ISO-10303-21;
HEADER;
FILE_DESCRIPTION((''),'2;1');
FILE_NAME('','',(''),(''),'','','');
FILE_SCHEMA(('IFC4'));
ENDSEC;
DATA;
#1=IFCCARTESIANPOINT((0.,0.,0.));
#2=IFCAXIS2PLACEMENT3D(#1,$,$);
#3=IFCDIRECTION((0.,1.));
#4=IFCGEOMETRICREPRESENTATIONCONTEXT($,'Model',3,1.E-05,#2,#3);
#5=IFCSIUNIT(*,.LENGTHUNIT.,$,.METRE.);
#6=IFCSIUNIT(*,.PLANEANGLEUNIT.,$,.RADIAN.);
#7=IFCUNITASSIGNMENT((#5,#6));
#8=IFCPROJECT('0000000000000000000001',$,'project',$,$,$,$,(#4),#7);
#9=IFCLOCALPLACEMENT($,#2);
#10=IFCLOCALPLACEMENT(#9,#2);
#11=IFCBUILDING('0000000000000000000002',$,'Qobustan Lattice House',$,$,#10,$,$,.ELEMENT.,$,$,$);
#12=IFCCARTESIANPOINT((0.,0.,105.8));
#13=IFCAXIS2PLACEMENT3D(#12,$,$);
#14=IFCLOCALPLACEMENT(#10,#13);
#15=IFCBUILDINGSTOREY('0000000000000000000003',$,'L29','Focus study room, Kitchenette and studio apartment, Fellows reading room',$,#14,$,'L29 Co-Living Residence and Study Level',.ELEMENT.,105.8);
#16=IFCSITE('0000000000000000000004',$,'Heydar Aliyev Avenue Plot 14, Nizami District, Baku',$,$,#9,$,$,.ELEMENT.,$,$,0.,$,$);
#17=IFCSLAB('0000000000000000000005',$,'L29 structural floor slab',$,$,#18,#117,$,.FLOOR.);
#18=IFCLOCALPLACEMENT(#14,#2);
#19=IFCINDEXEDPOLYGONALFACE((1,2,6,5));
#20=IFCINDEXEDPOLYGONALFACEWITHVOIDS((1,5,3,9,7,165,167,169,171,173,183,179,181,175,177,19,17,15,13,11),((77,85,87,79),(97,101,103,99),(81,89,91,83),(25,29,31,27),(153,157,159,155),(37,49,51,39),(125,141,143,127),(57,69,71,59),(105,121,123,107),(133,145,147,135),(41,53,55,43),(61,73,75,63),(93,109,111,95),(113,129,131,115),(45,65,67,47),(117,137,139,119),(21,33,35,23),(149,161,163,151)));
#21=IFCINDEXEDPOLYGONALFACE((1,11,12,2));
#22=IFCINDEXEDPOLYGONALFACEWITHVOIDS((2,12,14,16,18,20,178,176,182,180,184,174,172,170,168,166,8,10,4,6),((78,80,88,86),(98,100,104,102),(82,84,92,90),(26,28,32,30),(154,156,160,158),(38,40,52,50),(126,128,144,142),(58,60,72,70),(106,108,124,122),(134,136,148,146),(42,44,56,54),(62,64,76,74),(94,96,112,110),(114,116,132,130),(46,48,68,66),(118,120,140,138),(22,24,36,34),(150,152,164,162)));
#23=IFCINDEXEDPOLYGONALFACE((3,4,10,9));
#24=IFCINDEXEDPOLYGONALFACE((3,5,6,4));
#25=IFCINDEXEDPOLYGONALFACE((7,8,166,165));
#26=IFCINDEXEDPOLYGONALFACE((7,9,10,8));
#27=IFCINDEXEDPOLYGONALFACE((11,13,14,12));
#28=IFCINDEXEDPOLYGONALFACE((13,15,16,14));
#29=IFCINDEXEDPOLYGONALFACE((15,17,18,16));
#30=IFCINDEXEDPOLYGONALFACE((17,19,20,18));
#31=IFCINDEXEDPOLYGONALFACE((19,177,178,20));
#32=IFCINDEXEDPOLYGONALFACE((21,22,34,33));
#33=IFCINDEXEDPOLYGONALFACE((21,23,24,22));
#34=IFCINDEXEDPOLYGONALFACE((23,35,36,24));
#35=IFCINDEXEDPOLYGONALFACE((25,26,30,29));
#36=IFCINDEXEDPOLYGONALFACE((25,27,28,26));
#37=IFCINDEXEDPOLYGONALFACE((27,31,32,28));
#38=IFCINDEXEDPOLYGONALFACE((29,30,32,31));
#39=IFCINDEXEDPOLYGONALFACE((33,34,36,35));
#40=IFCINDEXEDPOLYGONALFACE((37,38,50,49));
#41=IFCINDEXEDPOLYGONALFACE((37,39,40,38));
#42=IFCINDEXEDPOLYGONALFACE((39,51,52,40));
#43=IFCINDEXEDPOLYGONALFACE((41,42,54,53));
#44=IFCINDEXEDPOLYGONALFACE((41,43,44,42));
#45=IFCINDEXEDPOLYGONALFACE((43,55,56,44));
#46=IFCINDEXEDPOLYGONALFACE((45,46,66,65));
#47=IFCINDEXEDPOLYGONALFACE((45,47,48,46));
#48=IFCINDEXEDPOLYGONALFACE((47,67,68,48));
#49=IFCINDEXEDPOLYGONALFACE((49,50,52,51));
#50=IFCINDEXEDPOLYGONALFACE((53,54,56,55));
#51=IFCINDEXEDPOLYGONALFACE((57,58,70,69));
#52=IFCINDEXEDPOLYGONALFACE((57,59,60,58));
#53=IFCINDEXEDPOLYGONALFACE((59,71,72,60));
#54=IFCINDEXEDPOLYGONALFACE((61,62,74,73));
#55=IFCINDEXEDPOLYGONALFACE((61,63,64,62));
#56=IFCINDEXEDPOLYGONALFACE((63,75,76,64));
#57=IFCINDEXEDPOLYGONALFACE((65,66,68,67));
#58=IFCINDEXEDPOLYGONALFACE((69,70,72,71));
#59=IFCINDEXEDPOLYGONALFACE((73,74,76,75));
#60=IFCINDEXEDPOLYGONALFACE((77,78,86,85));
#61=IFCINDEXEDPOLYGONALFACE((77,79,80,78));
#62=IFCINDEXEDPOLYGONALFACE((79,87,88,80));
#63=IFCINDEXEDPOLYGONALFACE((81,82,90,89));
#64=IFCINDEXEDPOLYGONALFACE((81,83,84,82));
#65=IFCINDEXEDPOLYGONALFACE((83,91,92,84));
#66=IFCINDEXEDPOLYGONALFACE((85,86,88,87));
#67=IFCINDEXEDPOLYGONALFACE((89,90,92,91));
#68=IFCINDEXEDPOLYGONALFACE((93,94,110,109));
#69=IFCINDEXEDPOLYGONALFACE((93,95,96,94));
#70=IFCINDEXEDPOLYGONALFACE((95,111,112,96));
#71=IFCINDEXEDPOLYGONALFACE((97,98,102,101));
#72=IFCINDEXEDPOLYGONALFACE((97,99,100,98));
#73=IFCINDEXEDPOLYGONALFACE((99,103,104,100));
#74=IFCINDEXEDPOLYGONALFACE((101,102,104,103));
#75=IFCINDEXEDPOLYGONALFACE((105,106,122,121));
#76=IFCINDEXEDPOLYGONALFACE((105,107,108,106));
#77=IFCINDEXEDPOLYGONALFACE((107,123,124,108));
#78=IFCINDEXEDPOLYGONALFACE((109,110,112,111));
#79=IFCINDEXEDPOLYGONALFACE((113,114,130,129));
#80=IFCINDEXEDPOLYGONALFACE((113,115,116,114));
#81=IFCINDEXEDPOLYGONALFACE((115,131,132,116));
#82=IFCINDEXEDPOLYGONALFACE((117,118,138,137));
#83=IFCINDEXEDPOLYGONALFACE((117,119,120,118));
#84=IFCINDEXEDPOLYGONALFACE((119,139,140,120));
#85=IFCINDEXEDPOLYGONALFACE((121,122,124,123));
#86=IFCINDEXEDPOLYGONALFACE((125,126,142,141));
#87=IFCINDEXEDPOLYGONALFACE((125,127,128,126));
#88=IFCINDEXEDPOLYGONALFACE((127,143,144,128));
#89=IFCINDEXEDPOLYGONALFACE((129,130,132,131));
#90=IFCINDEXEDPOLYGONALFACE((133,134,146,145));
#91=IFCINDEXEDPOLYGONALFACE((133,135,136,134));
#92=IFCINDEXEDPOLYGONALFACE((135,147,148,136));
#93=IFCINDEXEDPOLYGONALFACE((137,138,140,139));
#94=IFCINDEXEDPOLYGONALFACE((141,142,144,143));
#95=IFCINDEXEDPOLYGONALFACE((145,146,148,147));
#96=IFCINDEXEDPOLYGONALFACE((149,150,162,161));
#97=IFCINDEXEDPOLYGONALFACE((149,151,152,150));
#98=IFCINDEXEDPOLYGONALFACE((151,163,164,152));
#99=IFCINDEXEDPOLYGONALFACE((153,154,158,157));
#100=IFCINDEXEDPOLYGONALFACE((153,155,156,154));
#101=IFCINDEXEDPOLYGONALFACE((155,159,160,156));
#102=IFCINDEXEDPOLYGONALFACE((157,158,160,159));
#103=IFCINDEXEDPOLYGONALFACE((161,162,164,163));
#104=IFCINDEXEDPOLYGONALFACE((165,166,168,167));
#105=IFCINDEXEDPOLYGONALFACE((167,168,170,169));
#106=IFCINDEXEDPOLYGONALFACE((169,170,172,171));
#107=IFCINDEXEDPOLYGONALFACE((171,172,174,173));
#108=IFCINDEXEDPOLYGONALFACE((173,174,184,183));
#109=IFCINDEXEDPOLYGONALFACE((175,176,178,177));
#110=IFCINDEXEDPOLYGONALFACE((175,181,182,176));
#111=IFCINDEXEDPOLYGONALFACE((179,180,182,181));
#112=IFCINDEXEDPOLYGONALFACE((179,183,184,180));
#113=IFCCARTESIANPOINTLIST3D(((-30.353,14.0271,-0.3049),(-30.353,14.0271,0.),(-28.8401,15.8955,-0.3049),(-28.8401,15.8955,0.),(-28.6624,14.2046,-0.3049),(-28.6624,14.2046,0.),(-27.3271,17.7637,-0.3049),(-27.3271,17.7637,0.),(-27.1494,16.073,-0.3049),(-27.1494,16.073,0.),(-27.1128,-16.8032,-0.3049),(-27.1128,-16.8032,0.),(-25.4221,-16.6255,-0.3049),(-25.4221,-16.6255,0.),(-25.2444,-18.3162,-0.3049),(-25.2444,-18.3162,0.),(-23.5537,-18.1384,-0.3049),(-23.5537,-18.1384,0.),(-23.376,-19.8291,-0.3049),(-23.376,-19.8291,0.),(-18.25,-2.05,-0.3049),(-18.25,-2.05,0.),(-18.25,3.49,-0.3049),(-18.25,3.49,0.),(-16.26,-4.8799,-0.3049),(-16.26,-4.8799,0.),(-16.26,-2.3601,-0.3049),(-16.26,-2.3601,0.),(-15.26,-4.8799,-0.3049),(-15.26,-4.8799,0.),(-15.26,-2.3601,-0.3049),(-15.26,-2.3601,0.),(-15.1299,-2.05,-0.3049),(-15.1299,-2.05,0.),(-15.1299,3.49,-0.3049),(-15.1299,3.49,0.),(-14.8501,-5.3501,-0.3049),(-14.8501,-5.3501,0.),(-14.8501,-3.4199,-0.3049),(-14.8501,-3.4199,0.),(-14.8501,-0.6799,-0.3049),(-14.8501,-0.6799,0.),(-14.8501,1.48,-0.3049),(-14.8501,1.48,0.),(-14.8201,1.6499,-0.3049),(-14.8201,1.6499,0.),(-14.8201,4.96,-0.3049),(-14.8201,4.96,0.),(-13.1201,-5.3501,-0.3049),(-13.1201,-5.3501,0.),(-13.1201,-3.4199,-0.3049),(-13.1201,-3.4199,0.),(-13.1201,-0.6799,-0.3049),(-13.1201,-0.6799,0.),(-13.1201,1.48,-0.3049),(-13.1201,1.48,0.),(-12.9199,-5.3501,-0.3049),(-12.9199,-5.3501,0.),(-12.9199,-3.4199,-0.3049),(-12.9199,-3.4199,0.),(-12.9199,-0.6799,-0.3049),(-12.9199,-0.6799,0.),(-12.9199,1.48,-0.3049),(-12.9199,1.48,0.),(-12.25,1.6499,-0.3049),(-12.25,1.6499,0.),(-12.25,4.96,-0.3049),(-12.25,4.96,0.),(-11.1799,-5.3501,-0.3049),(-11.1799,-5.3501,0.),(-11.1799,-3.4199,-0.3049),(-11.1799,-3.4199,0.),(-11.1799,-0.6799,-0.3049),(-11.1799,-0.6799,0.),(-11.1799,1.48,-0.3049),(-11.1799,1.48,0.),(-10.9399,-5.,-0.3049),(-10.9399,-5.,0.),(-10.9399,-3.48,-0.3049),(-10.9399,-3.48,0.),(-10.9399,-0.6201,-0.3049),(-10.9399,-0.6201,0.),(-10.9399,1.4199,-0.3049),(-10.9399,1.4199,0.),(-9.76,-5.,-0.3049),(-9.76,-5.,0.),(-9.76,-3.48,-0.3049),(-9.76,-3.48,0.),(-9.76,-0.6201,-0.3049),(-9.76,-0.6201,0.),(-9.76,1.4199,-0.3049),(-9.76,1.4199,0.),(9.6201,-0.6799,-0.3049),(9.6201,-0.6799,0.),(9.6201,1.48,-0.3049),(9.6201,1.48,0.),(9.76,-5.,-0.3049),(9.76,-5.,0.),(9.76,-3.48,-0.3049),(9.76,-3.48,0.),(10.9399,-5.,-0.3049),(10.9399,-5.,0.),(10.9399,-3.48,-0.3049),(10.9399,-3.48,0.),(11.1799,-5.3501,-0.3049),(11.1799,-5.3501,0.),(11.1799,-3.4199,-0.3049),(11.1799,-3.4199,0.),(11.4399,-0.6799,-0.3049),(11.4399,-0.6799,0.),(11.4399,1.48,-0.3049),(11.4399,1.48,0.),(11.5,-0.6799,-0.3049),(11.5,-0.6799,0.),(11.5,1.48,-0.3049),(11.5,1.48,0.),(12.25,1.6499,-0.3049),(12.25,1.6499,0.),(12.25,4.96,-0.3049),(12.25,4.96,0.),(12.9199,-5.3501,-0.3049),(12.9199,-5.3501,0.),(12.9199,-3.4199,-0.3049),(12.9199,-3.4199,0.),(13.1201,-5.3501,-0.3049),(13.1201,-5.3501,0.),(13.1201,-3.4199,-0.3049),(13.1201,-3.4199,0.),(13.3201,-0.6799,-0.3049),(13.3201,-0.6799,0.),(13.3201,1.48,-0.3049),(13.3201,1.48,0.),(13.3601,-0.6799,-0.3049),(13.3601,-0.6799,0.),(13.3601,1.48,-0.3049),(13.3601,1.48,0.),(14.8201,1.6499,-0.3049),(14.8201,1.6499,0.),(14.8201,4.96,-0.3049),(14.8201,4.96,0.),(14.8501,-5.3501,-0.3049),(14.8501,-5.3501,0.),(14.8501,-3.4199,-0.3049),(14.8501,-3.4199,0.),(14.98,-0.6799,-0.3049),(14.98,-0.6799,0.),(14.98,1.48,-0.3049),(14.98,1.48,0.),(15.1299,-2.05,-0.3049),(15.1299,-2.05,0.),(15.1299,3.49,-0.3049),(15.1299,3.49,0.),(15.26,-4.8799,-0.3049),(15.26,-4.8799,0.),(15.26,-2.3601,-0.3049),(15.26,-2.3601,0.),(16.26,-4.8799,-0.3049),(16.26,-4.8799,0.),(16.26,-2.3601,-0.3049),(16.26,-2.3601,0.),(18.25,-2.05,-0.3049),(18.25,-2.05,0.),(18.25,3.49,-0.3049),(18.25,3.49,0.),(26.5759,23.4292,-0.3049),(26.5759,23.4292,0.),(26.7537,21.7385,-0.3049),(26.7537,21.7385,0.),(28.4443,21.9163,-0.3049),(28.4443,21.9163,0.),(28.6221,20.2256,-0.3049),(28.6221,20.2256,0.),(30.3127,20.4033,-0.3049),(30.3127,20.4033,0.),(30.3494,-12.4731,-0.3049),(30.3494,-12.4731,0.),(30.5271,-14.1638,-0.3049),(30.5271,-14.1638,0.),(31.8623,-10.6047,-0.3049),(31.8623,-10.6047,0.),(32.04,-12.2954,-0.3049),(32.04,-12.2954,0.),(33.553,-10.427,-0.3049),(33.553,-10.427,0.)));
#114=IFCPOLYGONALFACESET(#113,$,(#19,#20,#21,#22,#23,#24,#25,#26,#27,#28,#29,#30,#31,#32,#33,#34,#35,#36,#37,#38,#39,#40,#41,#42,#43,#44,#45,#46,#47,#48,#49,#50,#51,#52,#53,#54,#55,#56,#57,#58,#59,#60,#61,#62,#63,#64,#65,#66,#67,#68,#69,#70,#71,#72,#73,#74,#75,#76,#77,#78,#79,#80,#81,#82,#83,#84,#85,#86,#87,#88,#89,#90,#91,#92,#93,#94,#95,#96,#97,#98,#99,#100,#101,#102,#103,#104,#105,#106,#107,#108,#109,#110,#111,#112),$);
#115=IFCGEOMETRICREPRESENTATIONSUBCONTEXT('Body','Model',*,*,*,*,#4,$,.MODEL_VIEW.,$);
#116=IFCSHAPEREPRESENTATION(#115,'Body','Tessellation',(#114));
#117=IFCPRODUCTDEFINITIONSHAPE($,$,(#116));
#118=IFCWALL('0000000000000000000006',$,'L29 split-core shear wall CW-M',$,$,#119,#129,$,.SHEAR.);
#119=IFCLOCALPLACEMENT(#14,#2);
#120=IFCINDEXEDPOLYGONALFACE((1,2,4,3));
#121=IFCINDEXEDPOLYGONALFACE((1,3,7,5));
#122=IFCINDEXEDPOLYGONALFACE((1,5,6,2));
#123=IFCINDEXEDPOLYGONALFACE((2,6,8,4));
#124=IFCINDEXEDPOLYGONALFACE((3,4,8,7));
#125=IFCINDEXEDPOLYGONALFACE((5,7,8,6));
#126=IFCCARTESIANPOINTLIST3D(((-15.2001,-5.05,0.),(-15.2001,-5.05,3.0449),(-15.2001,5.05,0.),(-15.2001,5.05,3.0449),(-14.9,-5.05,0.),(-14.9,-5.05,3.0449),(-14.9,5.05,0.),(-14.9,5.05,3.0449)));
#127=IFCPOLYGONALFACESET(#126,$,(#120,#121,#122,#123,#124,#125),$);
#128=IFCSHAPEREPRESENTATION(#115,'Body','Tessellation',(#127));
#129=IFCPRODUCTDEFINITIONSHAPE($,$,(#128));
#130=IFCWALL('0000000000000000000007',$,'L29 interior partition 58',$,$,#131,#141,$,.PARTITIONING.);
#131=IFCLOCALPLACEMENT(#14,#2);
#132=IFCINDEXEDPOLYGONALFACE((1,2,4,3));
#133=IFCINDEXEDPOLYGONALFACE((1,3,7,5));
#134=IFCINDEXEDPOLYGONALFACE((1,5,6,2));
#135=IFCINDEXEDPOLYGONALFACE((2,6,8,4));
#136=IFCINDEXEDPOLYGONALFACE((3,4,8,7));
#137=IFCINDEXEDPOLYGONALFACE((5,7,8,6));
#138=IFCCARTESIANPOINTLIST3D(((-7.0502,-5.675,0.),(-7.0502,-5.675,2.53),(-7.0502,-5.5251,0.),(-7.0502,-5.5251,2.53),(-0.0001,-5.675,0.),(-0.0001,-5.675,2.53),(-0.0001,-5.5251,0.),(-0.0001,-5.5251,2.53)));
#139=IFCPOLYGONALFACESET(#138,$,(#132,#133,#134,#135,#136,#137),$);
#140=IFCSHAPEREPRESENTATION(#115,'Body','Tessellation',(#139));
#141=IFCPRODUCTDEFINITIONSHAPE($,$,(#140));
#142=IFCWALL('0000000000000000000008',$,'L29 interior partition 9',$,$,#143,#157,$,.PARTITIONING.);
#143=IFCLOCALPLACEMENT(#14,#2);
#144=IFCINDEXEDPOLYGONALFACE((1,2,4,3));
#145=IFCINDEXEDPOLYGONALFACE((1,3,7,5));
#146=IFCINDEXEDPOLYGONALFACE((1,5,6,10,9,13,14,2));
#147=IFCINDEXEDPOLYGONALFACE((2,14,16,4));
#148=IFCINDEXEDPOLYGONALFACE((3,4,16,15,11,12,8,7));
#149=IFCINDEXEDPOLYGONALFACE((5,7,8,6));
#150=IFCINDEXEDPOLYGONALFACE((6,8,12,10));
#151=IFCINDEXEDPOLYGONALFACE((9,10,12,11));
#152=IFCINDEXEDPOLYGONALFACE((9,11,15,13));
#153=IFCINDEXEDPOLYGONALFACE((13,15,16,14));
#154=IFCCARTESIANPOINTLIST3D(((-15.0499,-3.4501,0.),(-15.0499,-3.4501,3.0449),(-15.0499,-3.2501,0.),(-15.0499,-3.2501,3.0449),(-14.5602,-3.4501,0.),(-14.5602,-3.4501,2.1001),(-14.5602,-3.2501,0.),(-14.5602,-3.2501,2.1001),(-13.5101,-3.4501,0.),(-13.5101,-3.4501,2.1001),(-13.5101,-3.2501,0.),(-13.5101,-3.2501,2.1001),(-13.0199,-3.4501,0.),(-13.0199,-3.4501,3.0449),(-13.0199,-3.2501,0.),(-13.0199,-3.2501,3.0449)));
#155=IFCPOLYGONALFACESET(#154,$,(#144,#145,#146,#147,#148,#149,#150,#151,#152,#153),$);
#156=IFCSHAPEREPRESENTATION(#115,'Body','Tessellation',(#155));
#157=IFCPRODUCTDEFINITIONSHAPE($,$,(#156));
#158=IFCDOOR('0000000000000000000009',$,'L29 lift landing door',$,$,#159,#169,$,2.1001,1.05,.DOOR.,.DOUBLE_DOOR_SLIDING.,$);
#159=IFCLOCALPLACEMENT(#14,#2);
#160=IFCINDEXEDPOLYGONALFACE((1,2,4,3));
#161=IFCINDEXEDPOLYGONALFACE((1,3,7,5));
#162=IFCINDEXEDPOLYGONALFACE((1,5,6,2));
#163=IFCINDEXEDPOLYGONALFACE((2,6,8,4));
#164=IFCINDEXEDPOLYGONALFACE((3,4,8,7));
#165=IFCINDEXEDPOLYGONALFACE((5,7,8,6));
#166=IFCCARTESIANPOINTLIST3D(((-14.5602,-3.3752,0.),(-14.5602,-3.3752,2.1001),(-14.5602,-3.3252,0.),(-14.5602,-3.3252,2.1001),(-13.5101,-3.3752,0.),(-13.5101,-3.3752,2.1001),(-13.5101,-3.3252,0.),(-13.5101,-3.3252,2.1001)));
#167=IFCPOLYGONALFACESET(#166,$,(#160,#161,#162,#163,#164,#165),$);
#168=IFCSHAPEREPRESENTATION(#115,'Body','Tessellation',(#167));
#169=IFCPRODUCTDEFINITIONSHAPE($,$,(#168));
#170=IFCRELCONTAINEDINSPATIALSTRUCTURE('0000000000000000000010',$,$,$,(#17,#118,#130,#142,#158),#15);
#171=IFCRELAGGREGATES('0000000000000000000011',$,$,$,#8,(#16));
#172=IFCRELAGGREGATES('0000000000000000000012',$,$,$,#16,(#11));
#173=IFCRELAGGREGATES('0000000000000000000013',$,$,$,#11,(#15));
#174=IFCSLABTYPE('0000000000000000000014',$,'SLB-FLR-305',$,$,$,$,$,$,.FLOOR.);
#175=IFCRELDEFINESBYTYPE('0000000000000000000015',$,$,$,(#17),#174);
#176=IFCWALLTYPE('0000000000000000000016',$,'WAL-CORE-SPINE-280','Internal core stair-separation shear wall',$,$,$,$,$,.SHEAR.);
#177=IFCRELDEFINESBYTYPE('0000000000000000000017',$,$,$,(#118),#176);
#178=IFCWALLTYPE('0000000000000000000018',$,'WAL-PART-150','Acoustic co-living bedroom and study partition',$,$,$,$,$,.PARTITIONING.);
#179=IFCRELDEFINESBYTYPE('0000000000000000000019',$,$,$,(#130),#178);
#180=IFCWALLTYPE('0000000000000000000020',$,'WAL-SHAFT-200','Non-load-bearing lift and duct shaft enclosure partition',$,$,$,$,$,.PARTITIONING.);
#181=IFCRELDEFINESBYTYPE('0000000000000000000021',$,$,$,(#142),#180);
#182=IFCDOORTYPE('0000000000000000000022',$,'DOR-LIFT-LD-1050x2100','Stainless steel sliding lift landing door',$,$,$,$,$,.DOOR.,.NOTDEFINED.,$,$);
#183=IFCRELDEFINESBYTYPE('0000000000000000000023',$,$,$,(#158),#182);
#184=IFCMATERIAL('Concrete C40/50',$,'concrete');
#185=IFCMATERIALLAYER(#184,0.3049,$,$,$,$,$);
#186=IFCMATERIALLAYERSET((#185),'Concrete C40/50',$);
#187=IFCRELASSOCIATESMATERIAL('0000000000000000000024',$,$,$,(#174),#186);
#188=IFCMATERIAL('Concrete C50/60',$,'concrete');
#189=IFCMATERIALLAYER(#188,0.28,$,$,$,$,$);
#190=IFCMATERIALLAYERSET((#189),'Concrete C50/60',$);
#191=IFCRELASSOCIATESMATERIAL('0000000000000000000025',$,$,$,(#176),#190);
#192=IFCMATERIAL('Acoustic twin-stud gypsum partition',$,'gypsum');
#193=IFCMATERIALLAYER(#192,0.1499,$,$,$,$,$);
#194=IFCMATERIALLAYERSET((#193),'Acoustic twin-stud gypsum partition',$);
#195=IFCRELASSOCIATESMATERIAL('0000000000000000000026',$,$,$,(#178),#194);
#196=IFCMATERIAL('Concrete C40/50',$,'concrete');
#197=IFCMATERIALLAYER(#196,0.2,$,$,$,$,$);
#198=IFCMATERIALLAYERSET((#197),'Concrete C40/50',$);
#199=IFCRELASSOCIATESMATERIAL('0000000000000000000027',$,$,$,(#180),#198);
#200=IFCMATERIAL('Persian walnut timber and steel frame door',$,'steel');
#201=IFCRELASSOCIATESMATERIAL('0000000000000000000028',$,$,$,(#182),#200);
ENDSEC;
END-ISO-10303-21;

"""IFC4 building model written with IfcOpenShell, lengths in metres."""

from ifc_helpers import new_model, si_unit, direction, frame, frame_2d, origin, place, context, subcontext, project, spatial, polyline, rectangle, outline, extrude, material, layer, layer_set, type_object, element, fill, save


model = new_model("IFC4")

# Units and contexts
model_context = context("Model", 3, precision=1e-05, world=origin(), true_north=direction((0.0, 1.0)))
body_context = subcontext(model_context, "Body", "Model", "MODEL_VIEW")
ifc_project = project(units=[si_unit("LENGTHUNIT", "METRE"), si_unit("PLANEANGLEUNIT", "RADIAN")], contexts=[model_context])

# Site, building, storey
site_placement = place(None, origin())
site = spatial("IfcSite", under=ifc_project, at=site_placement, Name="Heydar Aliyev Avenue Plot 14, Nizami District, Baku", CompositionType="ELEMENT", RefElevation=0.0)
building_placement = place(site_placement, origin())
building = spatial("IfcBuilding", under=site, at=building_placement, Name="Qobustan Lattice House", CompositionType="ELEMENT")
storey_placement = place(building_placement, frame((0.0, 0.0, 105.8)))
storey = spatial("IfcBuildingStorey", under=building, at=storey_placement, Name="L29", Description="Focus study room, Kitchenette and studio apartment, Fellows reading room", LongName="L29 Co-Living Residence and Study Level", CompositionType="ELEMENT", Elevation=105.8)

# Slab
ifc_material_1 = material(Name="Concrete C40/50", Category="concrete")
ifc_layer_1 = layer(ifc_material_1, 0.3049)
ifc_layer_set_1 = layer_set([ifc_layer_1], Name="Concrete C40/50")
slab_type = type_object("IfcSlabType", Name="SLB-FLR-305", PredefinedType="FLOOR", material=ifc_layer_set_1)
slab_placement = place(storey_placement, frame((0.0, 0.0, -0.3049)))
element("IfcSlab", 1, at=slab_placement, inside=storey, type_object=slab_type, Name="L29 structural floor slab", PredefinedType="FLOOR", context=body_context, shape_type="SweptSolid", body=[
    extrude(outline(polyline([(-23.376, -19.8291), (30.5271, -14.1638), (30.3494, -12.4731), (32.04, -12.2954), (31.8623, -10.6047), (33.553, -10.427), (30.3127, 20.4033), (28.6221, 20.2256), (28.4443, 21.9163), (26.7537, 21.7385), (26.5759, 23.4292), (-27.3271, 17.7637), (-27.1494, 16.073), (-28.8401, 15.8955), (-28.6624, 14.2046), (-30.353, 14.0271), (-27.1128, -16.8032), (-25.4221, -16.6255), (-25.2444, -18.3162), (-23.5537, -18.1384), (-23.376, -19.8291)]), holes=[polyline([(-18.25, -2.05), (-18.25, 3.49), (-15.1299, 3.49), (-15.1299, -2.05), (-18.25, -2.05)]), polyline([(15.1299, -2.05), (15.1299, 3.49), (18.25, 3.49), (18.25, -2.05), (15.1299, -2.05)]), polyline([(-14.8201, 1.6499), (-14.8201, 4.96), (-12.25, 4.96), (-12.25, 1.6499), (-14.8201, 1.6499)]), polyline([(12.25, 1.6499), (12.25, 4.96), (14.8201, 4.96), (14.8201, 1.6499), (12.25, 1.6499)]), polyline([(-16.26, -4.8799), (-16.26, -2.3601), (-15.26, -2.3601), (-15.26, -4.8799), (-16.26, -4.8799)]), polyline([(15.26, -4.8799), (15.26, -2.3601), (16.26, -2.3601), (16.26, -4.8799), (15.26, -4.8799)]), polyline([(-14.8501, -5.3501), (-14.8501, -3.4199), (-13.1201, -3.4199), (-13.1201, -5.3501), (-14.8501, -5.3501)]), polyline([(-12.9199, -5.3501), (-12.9199, -3.4199), (-11.1799, -3.4199), (-11.1799, -5.3501), (-12.9199, -5.3501)]), polyline([(-14.8501, -0.6799), (-14.8501, 1.48), (-13.1201, 1.48), (-13.1201, -0.6799), (-14.8501, -0.6799)]), polyline([(-12.9199, -0.6799), (-12.9199, 1.48), (-11.1799, 1.48), (-11.1799, -0.6799), (-12.9199, -0.6799)]), polyline([(-10.9399, -5.0), (-10.9399, -3.48), (-9.76, -3.48), (-9.76, -5.0), (-10.9399, -5.0)]), polyline([(-10.9399, -0.6201), (-10.9399, 1.4199), (-9.76, 1.4199), (-9.76, -0.6201), (-10.9399, -0.6201)]), polyline([(11.1799, -5.3501), (11.1799, -3.4199), (12.9199, -3.4199), (12.9199, -5.3501), (11.1799, -5.3501)]), polyline([(13.1201, -5.3501), (13.1201, -3.4199), (14.8501, -3.4199), (14.8501, -5.3501), (13.1201, -5.3501)]), polyline([(9.76, -5.0), (9.76, -3.48), (10.9399, -3.48), (10.9399, -5.0), (9.76, -5.0)]), polyline([(13.3601, -0.6799), (13.3601, 1.48), (14.98, 1.48), (14.98, -0.6799), (13.3601, -0.6799)]), polyline([(9.6201, -0.6799), (9.6201, 1.48), (11.4399, 1.48), (11.4399, -0.6799), (9.6201, -0.6799)]), polyline([(11.5, -0.6799), (11.5, 1.48), (13.3201, 1.48), (13.3201, -0.6799), (11.5, -0.6799)])]), origin(), (0.0, 0.0, 1.0), 0.3049),
])

# Walls
ifc_material_2 = material(Name="Concrete C50/60", Category="concrete")
ifc_layer_2 = layer(ifc_material_2, 0.28)
ifc_layer_set_2 = layer_set([ifc_layer_2], Name="Concrete C50/60")
wall_type_1 = type_object("IfcWallType", Name="WAL-CORE-SPINE-280", Description="Internal core stair-separation shear wall", PredefinedType="SHEAR", material=ifc_layer_set_2)
wall_1_placement = place(storey_placement, frame((-15.05, -5.05, 0.0), z_axis=(0.0, 0.0, 1.0), x_axis=(0.0, 1.0, 0.0)))
element("IfcWall", 2, at=wall_1_placement, inside=storey, type_object=wall_type_1, Name="L29 split-core shear wall CW-M", PredefinedType="SHEAR", context=body_context, shape_type="SweptSolid", body=[
    extrude(rectangle(XDim=10.1001, YDim=0.3, at=frame_2d((5.05, 0.0))), origin(), (0.0, 0.0, 1.0), 3.0449),
])
ifc_material_3 = material(Name="Acoustic twin-stud gypsum partition", Category="gypsum")
ifc_layer_3 = layer(ifc_material_3, 0.1499)
ifc_layer_set_3 = layer_set([ifc_layer_3], Name="Acoustic twin-stud gypsum partition")
wall_type_2 = type_object("IfcWallType", Name="WAL-PART-150", Description="Acoustic co-living bedroom and study partition", PredefinedType="PARTITIONING", material=ifc_layer_set_3)
wall_2_placement = place(storey_placement, frame((-7.05, -5.6001, 0.0), z_axis=(0.0, 0.0, 1.0), x_axis=(1.0, 0.0, 0.0)))
element("IfcWall", 3, at=wall_2_placement, inside=storey, type_object=wall_type_2, Name="L29 interior partition 58", PredefinedType="PARTITIONING", context=body_context, shape_type="SweptSolid", body=[
    extrude(rectangle(XDim=7.05, YDim=0.1499, at=frame_2d((3.5249, 0.0))), origin(), (0.0, 0.0, 1.0), 2.53),
])

# Wall, opening, door
ifc_material_4 = material(Name="Concrete C40/50", Category="concrete")
ifc_layer_4 = layer(ifc_material_4, 0.2)
ifc_layer_set_4 = layer_set([ifc_layer_4], Name="Concrete C40/50")
wall_type_3 = type_object("IfcWallType", Name="WAL-SHAFT-200", Description="Non-load-bearing lift and duct shaft enclosure partition", PredefinedType="PARTITIONING", material=ifc_layer_set_4)
wall_3_placement = place(storey_placement, frame((-15.05, -3.3501, 0.0), z_axis=(0.0, 0.0, 1.0), x_axis=(1.0, 0.0, 0.0)))
wall_3 = element("IfcWall", 4, at=wall_3_placement, inside=storey, type_object=wall_type_3, Name="L29 interior partition 9", PredefinedType="PARTITIONING", context=body_context, shape_type="SweptSolid", body=[
    extrude(rectangle(XDim=2.03, YDim=0.2, at=frame_2d((1.0151, 0.0))), origin(), (0.0, 0.0, 1.0), 3.0449),
])
opening_1_placement = place(wall_3_placement, frame((0.49, 0.0, 0.0)))
opening_1 = element("IfcOpeningElement", 5, at=opening_1_placement, cuts=wall_3, PredefinedType="OPENING", context=body_context, shape_type="SweptSolid", body=[
    extrude(rectangle(XDim=1.05, YDim=2.1001, at=frame_2d((0.5249, 1.05))), frame((0.0, 0.1099, 0.0), z_axis=(0.0, -1.0, 0.0), x_axis=(1.0, 0.0, 0.0)), (0.0, 0.0, 1.0), 0.22),
])
ifc_material_5 = material(Name="Persian walnut timber and steel frame door", Category="steel")
door_type_1 = type_object("IfcDoorType", Name="DOR-LIFT-LD-1050x2100", Description="Stainless steel sliding lift landing door", OperationType="NOTDEFINED", PredefinedType="DOOR", material=ifc_material_5)
door_1_placement = place(opening_1_placement, origin())
door_1 = element("IfcDoor", 6, at=door_1_placement, inside=storey, type_object=door_type_1, Name="L29 lift landing door", OperationType="DOUBLE_DOOR_SLIDING", OverallHeight=2.1001, OverallWidth=1.05, PredefinedType="DOOR", context=body_context, shape_type="SweptSolid", body=[
    extrude(rectangle(XDim=1.05, YDim=2.1001, at=frame_2d((0.5249, 1.05))), frame((0.0, 0.0249, 0.0), z_axis=(0.0, -1.0, 0.0), x_axis=(1.0, 0.0, 0.0)), (0.0, 0.0, 1.0), 0.05),
])
fill(opening_1, door_1)

save(model, "model.ifc")
